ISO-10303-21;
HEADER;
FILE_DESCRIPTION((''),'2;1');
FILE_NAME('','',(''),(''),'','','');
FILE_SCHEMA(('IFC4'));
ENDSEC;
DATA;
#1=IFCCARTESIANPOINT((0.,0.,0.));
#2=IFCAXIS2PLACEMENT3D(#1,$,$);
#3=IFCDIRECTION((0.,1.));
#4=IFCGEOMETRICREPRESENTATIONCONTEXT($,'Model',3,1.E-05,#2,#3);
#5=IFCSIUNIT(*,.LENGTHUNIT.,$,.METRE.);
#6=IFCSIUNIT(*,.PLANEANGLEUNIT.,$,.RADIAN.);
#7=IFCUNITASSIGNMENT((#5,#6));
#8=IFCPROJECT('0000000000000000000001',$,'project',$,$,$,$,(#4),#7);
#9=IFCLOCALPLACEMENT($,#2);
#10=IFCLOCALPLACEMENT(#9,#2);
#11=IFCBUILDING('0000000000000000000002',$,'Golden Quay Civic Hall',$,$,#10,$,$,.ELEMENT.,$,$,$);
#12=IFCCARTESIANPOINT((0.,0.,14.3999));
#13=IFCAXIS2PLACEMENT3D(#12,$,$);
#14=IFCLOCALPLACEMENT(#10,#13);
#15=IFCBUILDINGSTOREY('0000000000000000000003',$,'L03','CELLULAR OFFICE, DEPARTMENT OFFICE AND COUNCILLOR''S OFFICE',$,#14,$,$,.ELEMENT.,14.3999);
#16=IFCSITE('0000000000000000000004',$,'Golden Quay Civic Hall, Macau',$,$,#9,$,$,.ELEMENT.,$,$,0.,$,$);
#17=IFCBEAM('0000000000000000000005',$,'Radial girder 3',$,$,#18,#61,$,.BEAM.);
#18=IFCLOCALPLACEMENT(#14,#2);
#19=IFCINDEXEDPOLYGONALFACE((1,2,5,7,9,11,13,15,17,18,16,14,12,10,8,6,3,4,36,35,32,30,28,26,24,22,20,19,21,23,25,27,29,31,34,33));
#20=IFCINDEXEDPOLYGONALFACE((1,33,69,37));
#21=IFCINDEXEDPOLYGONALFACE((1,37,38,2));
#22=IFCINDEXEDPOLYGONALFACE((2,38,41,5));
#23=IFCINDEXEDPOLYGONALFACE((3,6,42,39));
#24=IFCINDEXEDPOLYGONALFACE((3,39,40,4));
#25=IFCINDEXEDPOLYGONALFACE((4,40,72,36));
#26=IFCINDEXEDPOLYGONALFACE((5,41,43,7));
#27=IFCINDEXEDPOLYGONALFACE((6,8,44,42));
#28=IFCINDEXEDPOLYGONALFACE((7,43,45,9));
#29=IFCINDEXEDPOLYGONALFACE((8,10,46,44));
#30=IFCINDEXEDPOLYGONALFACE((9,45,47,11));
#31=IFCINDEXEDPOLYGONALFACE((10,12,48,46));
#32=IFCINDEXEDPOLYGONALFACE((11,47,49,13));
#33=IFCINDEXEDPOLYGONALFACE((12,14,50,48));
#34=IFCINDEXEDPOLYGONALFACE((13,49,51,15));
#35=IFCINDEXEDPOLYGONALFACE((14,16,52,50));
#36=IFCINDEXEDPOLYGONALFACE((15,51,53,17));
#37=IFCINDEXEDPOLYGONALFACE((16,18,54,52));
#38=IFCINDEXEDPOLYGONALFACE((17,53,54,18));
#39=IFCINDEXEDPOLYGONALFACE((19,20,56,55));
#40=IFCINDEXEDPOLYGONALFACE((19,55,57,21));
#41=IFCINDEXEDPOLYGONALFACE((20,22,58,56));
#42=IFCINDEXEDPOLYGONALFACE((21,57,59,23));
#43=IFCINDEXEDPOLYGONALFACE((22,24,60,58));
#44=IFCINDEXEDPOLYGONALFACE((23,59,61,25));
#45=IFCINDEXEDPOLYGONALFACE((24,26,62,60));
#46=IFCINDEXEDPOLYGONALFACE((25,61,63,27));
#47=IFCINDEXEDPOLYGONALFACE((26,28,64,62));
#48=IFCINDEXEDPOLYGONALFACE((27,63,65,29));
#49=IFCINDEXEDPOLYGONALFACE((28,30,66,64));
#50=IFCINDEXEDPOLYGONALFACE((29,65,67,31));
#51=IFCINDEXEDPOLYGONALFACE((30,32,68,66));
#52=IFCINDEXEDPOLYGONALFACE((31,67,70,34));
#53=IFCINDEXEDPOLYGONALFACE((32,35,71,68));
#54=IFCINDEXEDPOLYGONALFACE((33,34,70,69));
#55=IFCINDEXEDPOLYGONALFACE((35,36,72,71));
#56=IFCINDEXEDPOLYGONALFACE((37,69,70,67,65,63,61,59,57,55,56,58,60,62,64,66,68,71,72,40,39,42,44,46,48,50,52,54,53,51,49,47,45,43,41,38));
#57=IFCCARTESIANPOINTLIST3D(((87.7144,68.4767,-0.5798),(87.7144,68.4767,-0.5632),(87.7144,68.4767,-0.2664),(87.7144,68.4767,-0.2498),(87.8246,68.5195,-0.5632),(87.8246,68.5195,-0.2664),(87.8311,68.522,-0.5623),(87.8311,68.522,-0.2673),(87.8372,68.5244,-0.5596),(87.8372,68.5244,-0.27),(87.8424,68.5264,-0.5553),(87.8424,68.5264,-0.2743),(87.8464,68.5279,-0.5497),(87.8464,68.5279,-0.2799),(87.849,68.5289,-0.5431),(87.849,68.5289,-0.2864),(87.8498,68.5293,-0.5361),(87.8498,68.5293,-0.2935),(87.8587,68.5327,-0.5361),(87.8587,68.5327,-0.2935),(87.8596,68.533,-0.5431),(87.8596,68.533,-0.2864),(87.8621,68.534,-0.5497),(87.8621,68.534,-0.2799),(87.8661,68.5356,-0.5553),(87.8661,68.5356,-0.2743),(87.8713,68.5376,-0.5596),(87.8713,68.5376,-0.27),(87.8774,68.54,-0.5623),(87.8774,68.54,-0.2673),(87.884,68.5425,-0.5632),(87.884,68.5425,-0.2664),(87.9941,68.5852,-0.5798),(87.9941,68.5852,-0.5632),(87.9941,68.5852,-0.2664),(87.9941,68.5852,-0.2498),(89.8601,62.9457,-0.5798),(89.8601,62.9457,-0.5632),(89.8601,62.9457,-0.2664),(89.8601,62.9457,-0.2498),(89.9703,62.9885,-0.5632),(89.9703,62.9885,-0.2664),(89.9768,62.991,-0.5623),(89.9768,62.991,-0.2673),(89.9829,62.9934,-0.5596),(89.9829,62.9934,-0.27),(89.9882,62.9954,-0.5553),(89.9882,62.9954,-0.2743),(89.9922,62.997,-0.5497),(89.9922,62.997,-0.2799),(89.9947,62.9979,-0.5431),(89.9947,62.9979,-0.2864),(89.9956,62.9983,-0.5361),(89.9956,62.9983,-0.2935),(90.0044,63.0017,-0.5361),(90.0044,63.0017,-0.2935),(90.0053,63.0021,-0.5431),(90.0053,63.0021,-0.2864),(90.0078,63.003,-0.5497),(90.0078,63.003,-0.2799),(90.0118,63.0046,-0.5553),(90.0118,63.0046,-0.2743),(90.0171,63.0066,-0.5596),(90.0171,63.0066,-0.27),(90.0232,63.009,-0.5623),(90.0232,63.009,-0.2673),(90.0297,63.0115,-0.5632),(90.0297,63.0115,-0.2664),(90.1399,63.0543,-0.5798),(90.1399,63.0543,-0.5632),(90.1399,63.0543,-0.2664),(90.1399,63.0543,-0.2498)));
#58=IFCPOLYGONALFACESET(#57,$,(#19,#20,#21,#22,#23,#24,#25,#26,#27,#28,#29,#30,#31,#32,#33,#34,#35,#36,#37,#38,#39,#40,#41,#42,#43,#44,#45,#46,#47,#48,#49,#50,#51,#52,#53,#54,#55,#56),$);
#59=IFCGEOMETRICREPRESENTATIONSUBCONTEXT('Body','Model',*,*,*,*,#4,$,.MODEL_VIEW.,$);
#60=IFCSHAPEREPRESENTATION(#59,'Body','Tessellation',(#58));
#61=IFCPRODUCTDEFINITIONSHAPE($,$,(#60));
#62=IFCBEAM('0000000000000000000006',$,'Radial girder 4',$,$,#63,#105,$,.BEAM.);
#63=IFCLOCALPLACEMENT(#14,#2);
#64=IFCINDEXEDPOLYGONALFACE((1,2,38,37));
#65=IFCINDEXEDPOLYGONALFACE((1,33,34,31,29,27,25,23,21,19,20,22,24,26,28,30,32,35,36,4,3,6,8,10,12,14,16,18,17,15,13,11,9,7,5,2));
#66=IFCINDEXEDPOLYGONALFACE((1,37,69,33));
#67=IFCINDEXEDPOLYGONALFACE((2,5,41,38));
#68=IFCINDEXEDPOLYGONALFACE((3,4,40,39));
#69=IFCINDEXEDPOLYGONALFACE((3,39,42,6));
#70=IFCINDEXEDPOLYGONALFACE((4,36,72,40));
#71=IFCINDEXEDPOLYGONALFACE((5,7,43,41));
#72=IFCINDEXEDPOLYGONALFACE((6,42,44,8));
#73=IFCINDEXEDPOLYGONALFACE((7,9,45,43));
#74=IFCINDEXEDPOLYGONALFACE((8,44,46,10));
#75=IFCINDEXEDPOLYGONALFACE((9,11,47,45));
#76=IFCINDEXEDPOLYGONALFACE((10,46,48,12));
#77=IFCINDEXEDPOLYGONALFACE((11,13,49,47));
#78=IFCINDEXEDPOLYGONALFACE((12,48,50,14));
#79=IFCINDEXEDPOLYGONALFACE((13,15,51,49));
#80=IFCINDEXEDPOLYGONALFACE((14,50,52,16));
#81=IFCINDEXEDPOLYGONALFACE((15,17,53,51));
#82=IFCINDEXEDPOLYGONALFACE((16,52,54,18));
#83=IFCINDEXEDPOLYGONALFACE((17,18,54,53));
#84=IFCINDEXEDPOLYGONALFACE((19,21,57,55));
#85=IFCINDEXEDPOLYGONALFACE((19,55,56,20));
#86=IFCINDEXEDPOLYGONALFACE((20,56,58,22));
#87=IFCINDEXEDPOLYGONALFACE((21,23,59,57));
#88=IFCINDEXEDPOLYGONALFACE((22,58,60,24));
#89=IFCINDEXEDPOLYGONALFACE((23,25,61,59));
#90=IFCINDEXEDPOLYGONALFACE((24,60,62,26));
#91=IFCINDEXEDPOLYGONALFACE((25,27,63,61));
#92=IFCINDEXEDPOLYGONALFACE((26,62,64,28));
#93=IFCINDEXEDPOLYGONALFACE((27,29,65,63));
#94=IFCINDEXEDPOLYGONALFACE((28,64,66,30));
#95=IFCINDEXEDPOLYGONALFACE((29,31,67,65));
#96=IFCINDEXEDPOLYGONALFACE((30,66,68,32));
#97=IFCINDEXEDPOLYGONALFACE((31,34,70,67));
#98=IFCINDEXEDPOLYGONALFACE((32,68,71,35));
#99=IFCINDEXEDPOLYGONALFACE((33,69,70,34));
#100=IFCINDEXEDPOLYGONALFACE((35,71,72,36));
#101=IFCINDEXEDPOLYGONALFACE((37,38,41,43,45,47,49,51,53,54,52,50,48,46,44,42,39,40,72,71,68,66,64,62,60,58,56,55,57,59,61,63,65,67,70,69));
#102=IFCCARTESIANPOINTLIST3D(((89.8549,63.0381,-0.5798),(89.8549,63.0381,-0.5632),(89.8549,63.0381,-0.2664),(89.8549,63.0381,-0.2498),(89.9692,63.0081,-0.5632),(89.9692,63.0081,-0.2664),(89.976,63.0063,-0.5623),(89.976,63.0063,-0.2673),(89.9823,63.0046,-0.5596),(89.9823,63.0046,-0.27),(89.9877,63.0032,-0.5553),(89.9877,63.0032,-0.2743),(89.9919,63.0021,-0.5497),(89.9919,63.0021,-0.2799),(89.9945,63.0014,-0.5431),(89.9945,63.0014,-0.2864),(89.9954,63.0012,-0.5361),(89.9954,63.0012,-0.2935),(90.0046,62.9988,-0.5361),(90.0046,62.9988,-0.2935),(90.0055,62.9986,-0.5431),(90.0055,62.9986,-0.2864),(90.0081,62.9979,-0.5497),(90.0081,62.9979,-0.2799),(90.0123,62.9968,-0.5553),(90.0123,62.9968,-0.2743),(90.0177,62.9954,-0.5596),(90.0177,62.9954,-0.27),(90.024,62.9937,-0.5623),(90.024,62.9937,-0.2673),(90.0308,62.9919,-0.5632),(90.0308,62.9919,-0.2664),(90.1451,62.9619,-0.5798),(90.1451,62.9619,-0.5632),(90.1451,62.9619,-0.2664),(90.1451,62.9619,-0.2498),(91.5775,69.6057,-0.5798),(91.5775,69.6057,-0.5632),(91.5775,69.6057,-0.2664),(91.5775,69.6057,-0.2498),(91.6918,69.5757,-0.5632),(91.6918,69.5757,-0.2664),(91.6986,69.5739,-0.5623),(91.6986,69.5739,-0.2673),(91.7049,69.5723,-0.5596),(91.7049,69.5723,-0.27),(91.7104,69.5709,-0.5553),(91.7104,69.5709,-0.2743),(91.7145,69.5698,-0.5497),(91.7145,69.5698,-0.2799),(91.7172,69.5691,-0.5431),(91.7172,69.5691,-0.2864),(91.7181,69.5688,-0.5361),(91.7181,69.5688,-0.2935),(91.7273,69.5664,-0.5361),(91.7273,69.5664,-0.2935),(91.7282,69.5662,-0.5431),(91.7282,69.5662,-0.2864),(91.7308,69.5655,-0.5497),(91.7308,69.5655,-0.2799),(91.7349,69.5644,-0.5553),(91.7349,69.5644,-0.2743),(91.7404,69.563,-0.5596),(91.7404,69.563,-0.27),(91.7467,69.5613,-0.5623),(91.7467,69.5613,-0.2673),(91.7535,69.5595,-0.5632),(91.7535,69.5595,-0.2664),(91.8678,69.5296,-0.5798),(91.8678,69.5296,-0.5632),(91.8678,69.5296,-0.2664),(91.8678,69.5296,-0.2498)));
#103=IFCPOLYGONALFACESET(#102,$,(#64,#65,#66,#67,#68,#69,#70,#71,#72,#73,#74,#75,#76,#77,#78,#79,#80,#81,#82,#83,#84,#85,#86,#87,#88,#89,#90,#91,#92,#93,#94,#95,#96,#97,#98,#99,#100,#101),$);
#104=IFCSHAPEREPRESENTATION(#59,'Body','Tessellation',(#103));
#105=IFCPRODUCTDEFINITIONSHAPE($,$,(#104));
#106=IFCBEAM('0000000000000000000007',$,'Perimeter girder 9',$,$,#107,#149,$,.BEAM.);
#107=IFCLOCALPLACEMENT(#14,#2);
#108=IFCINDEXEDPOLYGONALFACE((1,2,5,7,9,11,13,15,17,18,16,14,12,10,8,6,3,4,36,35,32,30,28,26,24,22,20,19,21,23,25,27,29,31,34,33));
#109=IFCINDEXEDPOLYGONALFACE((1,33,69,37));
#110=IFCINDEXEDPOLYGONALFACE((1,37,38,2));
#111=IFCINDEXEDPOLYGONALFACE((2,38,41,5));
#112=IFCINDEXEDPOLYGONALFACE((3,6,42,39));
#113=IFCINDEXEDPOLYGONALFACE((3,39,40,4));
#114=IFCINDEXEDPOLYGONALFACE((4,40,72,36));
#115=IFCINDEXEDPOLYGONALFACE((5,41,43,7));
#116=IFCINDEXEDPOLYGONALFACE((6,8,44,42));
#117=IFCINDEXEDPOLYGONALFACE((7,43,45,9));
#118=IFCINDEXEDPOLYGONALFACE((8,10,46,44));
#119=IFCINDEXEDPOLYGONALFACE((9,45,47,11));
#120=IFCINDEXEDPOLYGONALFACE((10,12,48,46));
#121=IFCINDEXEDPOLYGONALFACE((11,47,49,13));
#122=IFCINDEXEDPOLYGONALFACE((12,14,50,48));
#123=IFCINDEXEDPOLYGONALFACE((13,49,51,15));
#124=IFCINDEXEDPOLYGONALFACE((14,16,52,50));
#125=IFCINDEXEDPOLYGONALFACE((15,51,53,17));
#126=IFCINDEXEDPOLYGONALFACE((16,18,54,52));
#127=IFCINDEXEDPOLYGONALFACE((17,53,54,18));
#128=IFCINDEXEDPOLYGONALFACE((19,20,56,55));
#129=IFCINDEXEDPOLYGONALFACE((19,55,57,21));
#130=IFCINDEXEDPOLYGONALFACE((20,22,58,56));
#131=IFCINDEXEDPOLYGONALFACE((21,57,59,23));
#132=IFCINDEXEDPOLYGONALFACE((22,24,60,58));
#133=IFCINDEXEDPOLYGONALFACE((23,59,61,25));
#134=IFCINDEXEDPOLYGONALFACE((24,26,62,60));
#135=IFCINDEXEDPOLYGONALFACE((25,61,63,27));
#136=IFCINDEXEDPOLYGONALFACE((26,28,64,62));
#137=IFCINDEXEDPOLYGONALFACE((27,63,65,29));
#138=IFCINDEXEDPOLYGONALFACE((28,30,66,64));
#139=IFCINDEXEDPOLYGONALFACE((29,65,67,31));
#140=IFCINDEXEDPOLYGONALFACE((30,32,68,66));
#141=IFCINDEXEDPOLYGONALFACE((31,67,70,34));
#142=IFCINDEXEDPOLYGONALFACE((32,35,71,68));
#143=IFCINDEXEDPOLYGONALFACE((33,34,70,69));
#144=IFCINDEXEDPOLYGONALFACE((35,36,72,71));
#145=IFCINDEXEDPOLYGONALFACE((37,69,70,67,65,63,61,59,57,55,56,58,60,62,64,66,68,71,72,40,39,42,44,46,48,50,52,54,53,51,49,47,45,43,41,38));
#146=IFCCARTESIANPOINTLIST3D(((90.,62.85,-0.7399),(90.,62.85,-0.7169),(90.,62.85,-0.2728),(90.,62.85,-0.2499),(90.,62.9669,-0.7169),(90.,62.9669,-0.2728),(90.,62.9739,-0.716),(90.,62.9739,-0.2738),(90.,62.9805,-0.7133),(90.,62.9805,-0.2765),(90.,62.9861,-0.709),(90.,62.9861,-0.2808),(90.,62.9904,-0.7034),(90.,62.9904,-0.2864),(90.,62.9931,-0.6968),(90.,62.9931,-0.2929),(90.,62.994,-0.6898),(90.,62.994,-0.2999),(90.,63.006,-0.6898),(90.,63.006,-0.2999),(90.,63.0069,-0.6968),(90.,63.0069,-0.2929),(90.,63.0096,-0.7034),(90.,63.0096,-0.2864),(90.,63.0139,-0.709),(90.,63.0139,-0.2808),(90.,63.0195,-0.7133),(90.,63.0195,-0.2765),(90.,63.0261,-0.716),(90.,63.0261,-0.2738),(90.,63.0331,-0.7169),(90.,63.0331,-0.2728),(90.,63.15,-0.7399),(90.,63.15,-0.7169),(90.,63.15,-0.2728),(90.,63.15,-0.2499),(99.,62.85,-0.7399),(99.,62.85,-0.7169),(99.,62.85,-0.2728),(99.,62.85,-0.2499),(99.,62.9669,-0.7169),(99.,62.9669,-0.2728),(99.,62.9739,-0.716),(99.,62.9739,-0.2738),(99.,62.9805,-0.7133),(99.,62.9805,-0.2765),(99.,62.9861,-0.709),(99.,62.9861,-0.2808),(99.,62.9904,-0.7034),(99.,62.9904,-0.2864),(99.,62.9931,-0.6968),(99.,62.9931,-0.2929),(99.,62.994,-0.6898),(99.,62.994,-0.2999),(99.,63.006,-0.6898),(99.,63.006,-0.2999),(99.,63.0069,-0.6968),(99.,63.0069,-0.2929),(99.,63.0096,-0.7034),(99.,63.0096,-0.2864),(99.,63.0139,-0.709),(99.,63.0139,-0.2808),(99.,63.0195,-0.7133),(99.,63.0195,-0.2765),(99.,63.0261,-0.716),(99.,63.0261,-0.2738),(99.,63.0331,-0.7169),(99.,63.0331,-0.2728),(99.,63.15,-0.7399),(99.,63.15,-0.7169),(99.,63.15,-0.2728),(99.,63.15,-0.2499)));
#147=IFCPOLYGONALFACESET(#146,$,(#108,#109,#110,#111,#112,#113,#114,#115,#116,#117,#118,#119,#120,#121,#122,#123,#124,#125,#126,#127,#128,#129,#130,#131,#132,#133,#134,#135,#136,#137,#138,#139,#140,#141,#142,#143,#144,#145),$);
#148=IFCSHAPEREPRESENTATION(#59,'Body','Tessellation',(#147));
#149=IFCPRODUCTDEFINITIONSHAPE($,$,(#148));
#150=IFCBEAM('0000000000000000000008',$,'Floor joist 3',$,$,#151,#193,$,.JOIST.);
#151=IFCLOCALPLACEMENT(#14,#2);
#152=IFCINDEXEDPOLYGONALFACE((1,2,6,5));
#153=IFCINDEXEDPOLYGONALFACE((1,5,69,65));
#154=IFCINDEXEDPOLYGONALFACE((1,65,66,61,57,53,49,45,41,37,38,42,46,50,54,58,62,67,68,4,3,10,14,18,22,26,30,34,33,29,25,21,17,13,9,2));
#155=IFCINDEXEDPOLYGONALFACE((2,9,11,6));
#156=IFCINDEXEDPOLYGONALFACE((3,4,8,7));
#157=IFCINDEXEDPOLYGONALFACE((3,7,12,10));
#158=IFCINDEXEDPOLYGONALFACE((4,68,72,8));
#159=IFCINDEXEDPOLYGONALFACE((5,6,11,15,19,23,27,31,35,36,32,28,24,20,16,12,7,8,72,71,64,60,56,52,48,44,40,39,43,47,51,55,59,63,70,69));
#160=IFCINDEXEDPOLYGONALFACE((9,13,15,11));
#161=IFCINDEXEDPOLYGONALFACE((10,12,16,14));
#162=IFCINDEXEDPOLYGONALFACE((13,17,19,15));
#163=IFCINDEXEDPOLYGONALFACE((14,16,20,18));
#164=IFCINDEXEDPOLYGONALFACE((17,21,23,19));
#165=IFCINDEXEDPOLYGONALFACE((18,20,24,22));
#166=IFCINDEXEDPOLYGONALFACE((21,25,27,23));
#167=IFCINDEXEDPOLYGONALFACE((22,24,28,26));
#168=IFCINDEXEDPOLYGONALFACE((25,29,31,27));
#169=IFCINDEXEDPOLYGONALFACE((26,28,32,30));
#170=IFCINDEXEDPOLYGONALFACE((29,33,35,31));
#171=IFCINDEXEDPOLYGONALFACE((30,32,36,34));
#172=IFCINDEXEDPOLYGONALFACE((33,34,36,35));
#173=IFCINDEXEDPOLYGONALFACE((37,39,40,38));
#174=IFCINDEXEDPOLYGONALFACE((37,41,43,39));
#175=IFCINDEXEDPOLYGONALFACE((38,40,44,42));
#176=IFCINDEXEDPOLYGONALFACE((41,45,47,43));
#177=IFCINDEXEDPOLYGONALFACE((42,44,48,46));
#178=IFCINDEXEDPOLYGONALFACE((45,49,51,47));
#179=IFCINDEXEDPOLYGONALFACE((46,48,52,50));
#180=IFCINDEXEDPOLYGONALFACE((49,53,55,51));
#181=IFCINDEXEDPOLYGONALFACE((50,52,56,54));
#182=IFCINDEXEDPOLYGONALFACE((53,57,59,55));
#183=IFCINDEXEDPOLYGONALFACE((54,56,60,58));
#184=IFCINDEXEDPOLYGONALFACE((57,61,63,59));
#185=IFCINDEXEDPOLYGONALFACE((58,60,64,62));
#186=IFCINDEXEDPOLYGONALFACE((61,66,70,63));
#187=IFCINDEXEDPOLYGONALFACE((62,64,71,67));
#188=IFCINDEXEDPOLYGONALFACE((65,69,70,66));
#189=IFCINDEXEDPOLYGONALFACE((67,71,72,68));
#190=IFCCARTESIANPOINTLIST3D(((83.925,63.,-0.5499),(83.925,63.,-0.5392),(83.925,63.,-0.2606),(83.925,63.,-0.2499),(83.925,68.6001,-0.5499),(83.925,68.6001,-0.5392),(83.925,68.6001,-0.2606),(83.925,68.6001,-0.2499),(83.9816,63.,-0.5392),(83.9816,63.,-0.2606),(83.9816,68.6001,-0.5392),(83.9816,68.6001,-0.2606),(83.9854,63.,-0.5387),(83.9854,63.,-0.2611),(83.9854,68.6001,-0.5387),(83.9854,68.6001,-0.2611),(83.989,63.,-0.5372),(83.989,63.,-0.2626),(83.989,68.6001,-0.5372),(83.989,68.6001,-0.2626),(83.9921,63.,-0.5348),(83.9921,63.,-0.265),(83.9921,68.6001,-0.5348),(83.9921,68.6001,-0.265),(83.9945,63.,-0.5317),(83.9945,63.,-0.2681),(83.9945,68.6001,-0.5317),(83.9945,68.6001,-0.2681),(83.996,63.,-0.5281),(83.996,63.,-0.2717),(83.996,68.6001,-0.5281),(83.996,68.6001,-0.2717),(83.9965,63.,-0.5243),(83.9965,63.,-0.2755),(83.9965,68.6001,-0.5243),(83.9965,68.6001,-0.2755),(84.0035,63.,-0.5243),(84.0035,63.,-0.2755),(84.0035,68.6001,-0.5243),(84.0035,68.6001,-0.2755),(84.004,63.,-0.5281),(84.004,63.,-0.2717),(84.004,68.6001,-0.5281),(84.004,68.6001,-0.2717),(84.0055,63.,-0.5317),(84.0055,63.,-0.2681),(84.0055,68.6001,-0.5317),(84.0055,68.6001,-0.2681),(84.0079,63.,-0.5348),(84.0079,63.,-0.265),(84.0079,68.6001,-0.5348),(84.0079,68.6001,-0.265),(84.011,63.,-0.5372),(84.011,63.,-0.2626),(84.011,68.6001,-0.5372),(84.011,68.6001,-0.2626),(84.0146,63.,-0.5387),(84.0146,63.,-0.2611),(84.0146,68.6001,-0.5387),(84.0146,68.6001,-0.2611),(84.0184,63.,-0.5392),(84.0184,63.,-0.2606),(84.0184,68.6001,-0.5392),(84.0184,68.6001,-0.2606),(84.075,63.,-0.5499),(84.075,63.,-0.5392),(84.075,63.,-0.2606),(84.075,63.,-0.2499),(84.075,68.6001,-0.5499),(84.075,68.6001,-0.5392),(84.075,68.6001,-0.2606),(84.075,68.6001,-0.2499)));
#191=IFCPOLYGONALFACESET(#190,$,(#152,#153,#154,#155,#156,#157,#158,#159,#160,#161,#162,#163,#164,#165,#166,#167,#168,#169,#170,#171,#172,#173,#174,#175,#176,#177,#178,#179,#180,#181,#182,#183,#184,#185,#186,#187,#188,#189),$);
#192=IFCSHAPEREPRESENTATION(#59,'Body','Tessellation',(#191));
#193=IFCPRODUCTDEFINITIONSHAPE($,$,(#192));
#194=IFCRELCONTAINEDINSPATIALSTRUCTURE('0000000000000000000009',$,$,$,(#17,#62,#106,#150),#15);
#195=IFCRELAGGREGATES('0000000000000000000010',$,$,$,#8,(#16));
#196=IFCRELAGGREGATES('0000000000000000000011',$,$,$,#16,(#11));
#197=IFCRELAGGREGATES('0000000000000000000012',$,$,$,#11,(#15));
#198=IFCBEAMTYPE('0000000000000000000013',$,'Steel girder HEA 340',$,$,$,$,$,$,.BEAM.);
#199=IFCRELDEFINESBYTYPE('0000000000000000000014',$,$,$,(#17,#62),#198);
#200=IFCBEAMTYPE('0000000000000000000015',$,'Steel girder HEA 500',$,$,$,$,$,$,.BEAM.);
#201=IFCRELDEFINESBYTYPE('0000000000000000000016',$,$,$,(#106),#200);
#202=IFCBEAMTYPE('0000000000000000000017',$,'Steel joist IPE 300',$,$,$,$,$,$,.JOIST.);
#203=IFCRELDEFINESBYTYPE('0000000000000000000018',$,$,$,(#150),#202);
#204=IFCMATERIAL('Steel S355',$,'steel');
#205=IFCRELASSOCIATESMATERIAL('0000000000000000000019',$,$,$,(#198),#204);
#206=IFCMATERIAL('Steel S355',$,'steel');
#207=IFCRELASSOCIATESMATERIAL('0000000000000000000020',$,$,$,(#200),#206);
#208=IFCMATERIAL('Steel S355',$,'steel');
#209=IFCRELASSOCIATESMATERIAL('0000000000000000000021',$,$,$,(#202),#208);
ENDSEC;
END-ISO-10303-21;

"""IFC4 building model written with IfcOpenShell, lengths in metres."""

from ifc_helpers import new_model, si_unit, direction, frame, origin, origin_2d, place, context, subcontext, project, spatial, i_section, extrude, material, material_profile, profile_set, type_object, element, save


model = new_model("IFC4")

# Units and contexts
model_context = context("Model", 3, precision=1e-05, world=origin(), true_north=direction((0.0, 1.0)))
body_context = subcontext(model_context, "Body", "Model", "MODEL_VIEW")
ifc_project = project(units=[si_unit("LENGTHUNIT", "METRE"), si_unit("PLANEANGLEUNIT", "RADIAN")], contexts=[model_context])

# Site, building, storey
site_placement = place(None, origin())
site = spatial("IfcSite", under=ifc_project, at=site_placement, Name="Golden Quay Civic Hall, Macau", CompositionType="ELEMENT", RefElevation=0.0)
building_placement = place(site_placement, origin())
building = spatial("IfcBuilding", under=site, at=building_placement, Name="Golden Quay Civic Hall", CompositionType="ELEMENT")
storey_placement = place(building_placement, frame((0.0, 0.0, 14.3999)))
storey = spatial("IfcBuildingStorey", under=building, at=storey_placement, Name="L03", Description="CELLULAR OFFICE, DEPARTMENT OFFICE AND COUNCILLOR'S OFFICE", CompositionType="ELEMENT", Elevation=14.3999)

# Beams
ifc_material_1 = material(Name="Steel S355", Category="steel")
ifc_material_profile_1 = material_profile(ifc_material_1, i_section(OverallWidth=0.3, OverallDepth=0.3301, WebThickness=0.0095, FlangeThickness=0.0166, FilletRadius=0.0271, at=origin_2d()), Name="HEA 340")
ifc_profile_set_1 = profile_set([ifc_material_profile_1], Name="Steel S355")
beam_type_1 = type_object("IfcBeamType", Name="Steel girder HEA 340", PredefinedType="BEAM", material=ifc_profile_set_1)
beam_1_placement = place(storey_placement, frame((90.0, 63.0, -0.4148), z_axis=(-0.361686, 0.9323, 0.0), x_axis=(-0.9323, -0.361686, 0.0)))
element("IfcBeam", 1, at=beam_1_placement, inside=storey, type_object=beam_type_1, Name="Radial girder 3", PredefinedType="BEAM", context=body_context, shape_type="SweptSolid", body=[
    extrude(i_section(OverallWidth=0.3, OverallDepth=0.3301, WebThickness=0.0095, FlangeThickness=0.0166, FilletRadius=0.0271, at=origin_2d()), origin(), (0.0, 0.0, 1.0), 5.9326),
])
beam_2_placement = place(storey_placement, frame((90.0, 63.0, -0.4148), z_axis=(0.253713, 0.96728, 0.0), x_axis=(-0.96728, 0.253713, 0.0)))
element("IfcBeam", 2, at=beam_2_placement, inside=storey, type_object=beam_type_1, Name="Radial girder 4", PredefinedType="BEAM", context=body_context, shape_type="SweptSolid", body=[
    extrude(i_section(OverallWidth=0.3, OverallDepth=0.3301, WebThickness=0.0095, FlangeThickness=0.0166, FilletRadius=0.0271, at=origin_2d()), origin(), (0.0, 0.0, 1.0), 6.7898),
])
ifc_material_2 = material(Name="Steel S355", Category="steel")
ifc_material_profile_2 = material_profile(ifc_material_2, i_section(OverallWidth=0.3, OverallDepth=0.49, WebThickness=0.012, FlangeThickness=0.0229, FilletRadius=0.0271, at=origin_2d()), Name="HEA 500")
ifc_profile_set_2 = profile_set([ifc_material_profile_2], Name="Steel S355")
beam_type_2 = type_object("IfcBeamType", Name="Steel girder HEA 500", PredefinedType="BEAM", material=ifc_profile_set_2)
beam_3_placement = place(storey_placement, frame((90.0, 63.0, -0.4949), z_axis=(1.0, 0.0, 0.0), x_axis=(0.0, 1.0, 0.0)))
element("IfcBeam", 3, at=beam_3_placement, inside=storey, type_object=beam_type_2, Name="Perimeter girder 9", PredefinedType="BEAM", context=body_context, shape_type="SweptSolid", body=[
    extrude(i_section(OverallWidth=0.3, OverallDepth=0.49, WebThickness=0.012, FlangeThickness=0.0229, FilletRadius=0.0271, at=origin_2d()), origin(), (0.0, 0.0, 1.0), 9.0),
])
ifc_material_3 = material(Name="Steel S355", Category="steel")
ifc_material_profile_3 = material_profile(ifc_material_3, i_section(OverallWidth=0.1499, OverallDepth=0.3, WebThickness=0.0071, FlangeThickness=0.0107, FilletRadius=0.0149, at=origin_2d()), Name="IPE 300")
ifc_profile_set_3 = profile_set([ifc_material_profile_3], Name="Steel S355")
beam_type_3 = type_object("IfcBeamType", Name="Steel joist IPE 300", PredefinedType="JOIST", material=ifc_profile_set_3)
for number, where, z_axis, x_axis, name in (
    (4, (84.0, 63.0, -0.3999), (0.0, 1.0, 0.0), (-1.0, 0.0, 0.0), "Floor joist 3"),
):
    element("IfcBeam", number, at=place(storey_placement, frame(where, z_axis=z_axis, x_axis=x_axis)), inside=storey, type_object=beam_type_3, Name=name, PredefinedType="JOIST", context=body_context, shape_type="SweptSolid", body=[
        extrude(i_section(OverallWidth=0.1499, OverallDepth=0.3, WebThickness=0.0071, FlangeThickness=0.0107, FilletRadius=0.0149, at=origin_2d()), origin(), (0.0, 0.0, 1.0), 5.6001),
    ])

save(model, "model.ifc")
